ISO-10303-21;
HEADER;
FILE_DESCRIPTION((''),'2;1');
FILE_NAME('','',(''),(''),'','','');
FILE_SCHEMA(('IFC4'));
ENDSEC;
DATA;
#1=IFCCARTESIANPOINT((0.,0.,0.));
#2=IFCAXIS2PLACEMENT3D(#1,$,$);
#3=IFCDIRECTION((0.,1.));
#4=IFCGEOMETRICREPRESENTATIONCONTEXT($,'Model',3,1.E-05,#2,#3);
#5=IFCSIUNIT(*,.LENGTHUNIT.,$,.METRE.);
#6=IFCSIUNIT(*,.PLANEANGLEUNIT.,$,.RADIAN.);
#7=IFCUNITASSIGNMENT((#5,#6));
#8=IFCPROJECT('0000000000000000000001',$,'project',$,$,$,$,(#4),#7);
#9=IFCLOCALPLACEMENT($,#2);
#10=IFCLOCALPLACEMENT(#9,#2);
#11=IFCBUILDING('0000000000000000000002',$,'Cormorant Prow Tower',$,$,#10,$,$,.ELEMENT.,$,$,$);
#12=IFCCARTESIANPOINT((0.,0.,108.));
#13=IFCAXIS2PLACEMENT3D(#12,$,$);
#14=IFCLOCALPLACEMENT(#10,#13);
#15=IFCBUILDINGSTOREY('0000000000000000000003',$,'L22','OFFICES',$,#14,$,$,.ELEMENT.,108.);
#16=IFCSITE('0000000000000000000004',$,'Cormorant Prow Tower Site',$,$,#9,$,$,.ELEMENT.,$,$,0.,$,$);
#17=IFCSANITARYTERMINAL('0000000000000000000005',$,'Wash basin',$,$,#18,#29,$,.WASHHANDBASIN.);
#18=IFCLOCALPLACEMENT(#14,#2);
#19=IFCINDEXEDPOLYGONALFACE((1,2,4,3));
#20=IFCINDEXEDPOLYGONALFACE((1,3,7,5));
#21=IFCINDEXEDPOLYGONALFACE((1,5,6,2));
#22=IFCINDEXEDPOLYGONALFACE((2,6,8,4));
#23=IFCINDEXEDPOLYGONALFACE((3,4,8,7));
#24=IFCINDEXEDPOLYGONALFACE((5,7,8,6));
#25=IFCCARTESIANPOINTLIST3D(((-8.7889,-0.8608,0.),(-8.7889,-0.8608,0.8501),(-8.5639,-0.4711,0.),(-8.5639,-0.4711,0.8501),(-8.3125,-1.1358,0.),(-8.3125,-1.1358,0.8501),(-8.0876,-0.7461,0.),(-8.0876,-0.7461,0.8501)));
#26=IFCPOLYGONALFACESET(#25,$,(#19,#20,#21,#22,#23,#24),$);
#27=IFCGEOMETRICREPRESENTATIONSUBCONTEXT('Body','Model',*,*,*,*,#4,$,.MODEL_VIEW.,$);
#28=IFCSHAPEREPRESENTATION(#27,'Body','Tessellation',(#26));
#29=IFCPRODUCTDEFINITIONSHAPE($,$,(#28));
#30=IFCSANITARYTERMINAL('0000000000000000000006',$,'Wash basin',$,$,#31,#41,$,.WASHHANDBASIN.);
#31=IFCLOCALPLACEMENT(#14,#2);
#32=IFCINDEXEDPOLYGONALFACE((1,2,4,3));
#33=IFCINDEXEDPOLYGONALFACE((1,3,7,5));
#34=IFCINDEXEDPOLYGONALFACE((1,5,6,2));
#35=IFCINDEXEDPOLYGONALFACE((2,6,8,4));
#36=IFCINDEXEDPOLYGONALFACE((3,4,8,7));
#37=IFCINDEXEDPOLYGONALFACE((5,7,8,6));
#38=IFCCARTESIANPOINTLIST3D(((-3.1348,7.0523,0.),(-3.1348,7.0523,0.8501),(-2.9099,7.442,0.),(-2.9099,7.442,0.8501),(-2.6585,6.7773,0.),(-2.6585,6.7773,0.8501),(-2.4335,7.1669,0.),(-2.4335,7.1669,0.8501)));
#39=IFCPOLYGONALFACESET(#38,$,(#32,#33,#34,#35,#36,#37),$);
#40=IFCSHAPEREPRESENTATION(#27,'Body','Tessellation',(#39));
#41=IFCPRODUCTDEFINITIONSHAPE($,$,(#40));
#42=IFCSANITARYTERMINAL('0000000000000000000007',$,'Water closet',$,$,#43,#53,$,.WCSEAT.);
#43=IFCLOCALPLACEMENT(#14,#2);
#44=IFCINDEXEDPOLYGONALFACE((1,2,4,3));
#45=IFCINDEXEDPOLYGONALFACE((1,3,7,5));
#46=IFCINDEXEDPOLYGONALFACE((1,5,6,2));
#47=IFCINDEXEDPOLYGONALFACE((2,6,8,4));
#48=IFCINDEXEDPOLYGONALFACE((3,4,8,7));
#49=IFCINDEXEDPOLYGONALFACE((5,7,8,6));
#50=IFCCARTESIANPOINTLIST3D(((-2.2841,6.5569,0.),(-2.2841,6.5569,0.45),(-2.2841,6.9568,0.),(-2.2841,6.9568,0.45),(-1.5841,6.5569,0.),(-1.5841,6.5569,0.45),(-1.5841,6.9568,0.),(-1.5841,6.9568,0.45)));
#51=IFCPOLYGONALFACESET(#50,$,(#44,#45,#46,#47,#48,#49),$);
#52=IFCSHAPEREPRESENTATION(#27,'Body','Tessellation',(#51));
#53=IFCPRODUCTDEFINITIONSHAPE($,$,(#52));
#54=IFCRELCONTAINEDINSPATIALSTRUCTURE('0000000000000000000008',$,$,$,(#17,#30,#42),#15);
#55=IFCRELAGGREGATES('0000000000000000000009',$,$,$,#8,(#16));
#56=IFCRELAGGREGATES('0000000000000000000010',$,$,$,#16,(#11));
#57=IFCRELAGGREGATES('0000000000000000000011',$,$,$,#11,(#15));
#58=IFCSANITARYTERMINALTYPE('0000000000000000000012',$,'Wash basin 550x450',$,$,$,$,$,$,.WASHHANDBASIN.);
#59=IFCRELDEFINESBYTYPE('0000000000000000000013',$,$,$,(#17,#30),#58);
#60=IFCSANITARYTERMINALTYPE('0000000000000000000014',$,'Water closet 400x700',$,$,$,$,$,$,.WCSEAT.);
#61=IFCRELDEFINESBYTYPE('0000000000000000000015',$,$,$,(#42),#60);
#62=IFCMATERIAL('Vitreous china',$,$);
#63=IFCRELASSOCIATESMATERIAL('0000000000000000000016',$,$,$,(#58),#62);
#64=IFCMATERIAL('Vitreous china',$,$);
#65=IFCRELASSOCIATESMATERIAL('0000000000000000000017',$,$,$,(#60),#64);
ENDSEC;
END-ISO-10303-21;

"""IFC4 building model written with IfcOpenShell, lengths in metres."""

from ifc_helpers import new_model, si_unit, direction, frame, origin, origin_2d, place, context, subcontext, project, spatial, rectangle, extrude, material, type_object, element, save


model = new_model("IFC4")

# Units and contexts
model_context = context("Model", 3, precision=1e-05, world=origin(), true_north=direction((0.0, 1.0)))
body_context = subcontext(model_context, "Body", "Model", "MODEL_VIEW")
ifc_project = project(units=[si_unit("LENGTHUNIT", "METRE"), si_unit("PLANEANGLEUNIT", "RADIAN")], contexts=[model_context])

# Site, building, storey
site_placement = place(None, origin())
site = spatial("IfcSite", under=ifc_project, at=site_placement, Name="Cormorant Prow Tower Site", CompositionType="ELEMENT", RefElevation=0.0)
building_placement = place(site_placement, origin())
building = spatial("IfcBuilding", under=site, at=building_placement, Name="Cormorant Prow Tower", CompositionType="ELEMENT")
storey_placement = place(building_placement, frame((0.0, 0.0, 108.0)))
storey = spatial("IfcBuildingStorey", under=building, at=storey_placement, Name="L22", Description="OFFICES", CompositionType="ELEMENT", Elevation=108.0)

# Sanitary terminals
ifc_material_1 = material(Name="Vitreous china")
sanitary_terminal_type_1 = type_object("IfcSanitaryTerminalType", Name="Wash basin 550x450", PredefinedType="WASHHANDBASIN", material=ifc_material_1)
for number, where, z_axis, x_axis, name in (
    (1, (-8.4382, -0.8035, 0.0), (0.0, 0.0, 1.0), (-0.866034, 0.499985, 0.0), "Wash basin"),
    (2, (-2.7842, 7.1096, 0.0), (0.0, 0.0, 1.0), (0.866034, -0.499985, 0.0), "Wash basin"),
):
    element("IfcSanitaryTerminal", number, at=place(storey_placement, frame(where, z_axis=z_axis, x_axis=x_axis)), inside=storey, type_object=sanitary_terminal_type_1, Name=name, PredefinedType="WASHHANDBASIN", context=body_context, shape_type="SweptSolid", body=[
        extrude(rectangle(XDim=0.55, YDim=0.45, at=origin_2d()), origin(), (0.0, 0.0, 1.0), 0.8501),
    ])
ifc_material_2 = material(Name="Vitreous china")
sanitary_terminal_type_2 = type_object("IfcSanitaryTerminalType", Name="Water closet 400x700", PredefinedType="WCSEAT", material=ifc_material_2)
sanitary_terminal_placement = place(storey_placement, frame((-1.9341, 6.7568, 0.0), z_axis=(0.0, 0.0, 1.0), x_axis=(0.0, 1.0, 0.0)))
element("IfcSanitaryTerminal", 3, at=sanitary_terminal_placement, inside=storey, type_object=sanitary_terminal_type_2, Name="Water closet", PredefinedType="WCSEAT", context=body_context, shape_type="SweptSolid", body=[
    extrude(rectangle(XDim=0.3999, YDim=0.7, at=origin_2d()), origin(), (0.0, 0.0, 1.0), 0.45),
])

save(model, "model.ifc")
